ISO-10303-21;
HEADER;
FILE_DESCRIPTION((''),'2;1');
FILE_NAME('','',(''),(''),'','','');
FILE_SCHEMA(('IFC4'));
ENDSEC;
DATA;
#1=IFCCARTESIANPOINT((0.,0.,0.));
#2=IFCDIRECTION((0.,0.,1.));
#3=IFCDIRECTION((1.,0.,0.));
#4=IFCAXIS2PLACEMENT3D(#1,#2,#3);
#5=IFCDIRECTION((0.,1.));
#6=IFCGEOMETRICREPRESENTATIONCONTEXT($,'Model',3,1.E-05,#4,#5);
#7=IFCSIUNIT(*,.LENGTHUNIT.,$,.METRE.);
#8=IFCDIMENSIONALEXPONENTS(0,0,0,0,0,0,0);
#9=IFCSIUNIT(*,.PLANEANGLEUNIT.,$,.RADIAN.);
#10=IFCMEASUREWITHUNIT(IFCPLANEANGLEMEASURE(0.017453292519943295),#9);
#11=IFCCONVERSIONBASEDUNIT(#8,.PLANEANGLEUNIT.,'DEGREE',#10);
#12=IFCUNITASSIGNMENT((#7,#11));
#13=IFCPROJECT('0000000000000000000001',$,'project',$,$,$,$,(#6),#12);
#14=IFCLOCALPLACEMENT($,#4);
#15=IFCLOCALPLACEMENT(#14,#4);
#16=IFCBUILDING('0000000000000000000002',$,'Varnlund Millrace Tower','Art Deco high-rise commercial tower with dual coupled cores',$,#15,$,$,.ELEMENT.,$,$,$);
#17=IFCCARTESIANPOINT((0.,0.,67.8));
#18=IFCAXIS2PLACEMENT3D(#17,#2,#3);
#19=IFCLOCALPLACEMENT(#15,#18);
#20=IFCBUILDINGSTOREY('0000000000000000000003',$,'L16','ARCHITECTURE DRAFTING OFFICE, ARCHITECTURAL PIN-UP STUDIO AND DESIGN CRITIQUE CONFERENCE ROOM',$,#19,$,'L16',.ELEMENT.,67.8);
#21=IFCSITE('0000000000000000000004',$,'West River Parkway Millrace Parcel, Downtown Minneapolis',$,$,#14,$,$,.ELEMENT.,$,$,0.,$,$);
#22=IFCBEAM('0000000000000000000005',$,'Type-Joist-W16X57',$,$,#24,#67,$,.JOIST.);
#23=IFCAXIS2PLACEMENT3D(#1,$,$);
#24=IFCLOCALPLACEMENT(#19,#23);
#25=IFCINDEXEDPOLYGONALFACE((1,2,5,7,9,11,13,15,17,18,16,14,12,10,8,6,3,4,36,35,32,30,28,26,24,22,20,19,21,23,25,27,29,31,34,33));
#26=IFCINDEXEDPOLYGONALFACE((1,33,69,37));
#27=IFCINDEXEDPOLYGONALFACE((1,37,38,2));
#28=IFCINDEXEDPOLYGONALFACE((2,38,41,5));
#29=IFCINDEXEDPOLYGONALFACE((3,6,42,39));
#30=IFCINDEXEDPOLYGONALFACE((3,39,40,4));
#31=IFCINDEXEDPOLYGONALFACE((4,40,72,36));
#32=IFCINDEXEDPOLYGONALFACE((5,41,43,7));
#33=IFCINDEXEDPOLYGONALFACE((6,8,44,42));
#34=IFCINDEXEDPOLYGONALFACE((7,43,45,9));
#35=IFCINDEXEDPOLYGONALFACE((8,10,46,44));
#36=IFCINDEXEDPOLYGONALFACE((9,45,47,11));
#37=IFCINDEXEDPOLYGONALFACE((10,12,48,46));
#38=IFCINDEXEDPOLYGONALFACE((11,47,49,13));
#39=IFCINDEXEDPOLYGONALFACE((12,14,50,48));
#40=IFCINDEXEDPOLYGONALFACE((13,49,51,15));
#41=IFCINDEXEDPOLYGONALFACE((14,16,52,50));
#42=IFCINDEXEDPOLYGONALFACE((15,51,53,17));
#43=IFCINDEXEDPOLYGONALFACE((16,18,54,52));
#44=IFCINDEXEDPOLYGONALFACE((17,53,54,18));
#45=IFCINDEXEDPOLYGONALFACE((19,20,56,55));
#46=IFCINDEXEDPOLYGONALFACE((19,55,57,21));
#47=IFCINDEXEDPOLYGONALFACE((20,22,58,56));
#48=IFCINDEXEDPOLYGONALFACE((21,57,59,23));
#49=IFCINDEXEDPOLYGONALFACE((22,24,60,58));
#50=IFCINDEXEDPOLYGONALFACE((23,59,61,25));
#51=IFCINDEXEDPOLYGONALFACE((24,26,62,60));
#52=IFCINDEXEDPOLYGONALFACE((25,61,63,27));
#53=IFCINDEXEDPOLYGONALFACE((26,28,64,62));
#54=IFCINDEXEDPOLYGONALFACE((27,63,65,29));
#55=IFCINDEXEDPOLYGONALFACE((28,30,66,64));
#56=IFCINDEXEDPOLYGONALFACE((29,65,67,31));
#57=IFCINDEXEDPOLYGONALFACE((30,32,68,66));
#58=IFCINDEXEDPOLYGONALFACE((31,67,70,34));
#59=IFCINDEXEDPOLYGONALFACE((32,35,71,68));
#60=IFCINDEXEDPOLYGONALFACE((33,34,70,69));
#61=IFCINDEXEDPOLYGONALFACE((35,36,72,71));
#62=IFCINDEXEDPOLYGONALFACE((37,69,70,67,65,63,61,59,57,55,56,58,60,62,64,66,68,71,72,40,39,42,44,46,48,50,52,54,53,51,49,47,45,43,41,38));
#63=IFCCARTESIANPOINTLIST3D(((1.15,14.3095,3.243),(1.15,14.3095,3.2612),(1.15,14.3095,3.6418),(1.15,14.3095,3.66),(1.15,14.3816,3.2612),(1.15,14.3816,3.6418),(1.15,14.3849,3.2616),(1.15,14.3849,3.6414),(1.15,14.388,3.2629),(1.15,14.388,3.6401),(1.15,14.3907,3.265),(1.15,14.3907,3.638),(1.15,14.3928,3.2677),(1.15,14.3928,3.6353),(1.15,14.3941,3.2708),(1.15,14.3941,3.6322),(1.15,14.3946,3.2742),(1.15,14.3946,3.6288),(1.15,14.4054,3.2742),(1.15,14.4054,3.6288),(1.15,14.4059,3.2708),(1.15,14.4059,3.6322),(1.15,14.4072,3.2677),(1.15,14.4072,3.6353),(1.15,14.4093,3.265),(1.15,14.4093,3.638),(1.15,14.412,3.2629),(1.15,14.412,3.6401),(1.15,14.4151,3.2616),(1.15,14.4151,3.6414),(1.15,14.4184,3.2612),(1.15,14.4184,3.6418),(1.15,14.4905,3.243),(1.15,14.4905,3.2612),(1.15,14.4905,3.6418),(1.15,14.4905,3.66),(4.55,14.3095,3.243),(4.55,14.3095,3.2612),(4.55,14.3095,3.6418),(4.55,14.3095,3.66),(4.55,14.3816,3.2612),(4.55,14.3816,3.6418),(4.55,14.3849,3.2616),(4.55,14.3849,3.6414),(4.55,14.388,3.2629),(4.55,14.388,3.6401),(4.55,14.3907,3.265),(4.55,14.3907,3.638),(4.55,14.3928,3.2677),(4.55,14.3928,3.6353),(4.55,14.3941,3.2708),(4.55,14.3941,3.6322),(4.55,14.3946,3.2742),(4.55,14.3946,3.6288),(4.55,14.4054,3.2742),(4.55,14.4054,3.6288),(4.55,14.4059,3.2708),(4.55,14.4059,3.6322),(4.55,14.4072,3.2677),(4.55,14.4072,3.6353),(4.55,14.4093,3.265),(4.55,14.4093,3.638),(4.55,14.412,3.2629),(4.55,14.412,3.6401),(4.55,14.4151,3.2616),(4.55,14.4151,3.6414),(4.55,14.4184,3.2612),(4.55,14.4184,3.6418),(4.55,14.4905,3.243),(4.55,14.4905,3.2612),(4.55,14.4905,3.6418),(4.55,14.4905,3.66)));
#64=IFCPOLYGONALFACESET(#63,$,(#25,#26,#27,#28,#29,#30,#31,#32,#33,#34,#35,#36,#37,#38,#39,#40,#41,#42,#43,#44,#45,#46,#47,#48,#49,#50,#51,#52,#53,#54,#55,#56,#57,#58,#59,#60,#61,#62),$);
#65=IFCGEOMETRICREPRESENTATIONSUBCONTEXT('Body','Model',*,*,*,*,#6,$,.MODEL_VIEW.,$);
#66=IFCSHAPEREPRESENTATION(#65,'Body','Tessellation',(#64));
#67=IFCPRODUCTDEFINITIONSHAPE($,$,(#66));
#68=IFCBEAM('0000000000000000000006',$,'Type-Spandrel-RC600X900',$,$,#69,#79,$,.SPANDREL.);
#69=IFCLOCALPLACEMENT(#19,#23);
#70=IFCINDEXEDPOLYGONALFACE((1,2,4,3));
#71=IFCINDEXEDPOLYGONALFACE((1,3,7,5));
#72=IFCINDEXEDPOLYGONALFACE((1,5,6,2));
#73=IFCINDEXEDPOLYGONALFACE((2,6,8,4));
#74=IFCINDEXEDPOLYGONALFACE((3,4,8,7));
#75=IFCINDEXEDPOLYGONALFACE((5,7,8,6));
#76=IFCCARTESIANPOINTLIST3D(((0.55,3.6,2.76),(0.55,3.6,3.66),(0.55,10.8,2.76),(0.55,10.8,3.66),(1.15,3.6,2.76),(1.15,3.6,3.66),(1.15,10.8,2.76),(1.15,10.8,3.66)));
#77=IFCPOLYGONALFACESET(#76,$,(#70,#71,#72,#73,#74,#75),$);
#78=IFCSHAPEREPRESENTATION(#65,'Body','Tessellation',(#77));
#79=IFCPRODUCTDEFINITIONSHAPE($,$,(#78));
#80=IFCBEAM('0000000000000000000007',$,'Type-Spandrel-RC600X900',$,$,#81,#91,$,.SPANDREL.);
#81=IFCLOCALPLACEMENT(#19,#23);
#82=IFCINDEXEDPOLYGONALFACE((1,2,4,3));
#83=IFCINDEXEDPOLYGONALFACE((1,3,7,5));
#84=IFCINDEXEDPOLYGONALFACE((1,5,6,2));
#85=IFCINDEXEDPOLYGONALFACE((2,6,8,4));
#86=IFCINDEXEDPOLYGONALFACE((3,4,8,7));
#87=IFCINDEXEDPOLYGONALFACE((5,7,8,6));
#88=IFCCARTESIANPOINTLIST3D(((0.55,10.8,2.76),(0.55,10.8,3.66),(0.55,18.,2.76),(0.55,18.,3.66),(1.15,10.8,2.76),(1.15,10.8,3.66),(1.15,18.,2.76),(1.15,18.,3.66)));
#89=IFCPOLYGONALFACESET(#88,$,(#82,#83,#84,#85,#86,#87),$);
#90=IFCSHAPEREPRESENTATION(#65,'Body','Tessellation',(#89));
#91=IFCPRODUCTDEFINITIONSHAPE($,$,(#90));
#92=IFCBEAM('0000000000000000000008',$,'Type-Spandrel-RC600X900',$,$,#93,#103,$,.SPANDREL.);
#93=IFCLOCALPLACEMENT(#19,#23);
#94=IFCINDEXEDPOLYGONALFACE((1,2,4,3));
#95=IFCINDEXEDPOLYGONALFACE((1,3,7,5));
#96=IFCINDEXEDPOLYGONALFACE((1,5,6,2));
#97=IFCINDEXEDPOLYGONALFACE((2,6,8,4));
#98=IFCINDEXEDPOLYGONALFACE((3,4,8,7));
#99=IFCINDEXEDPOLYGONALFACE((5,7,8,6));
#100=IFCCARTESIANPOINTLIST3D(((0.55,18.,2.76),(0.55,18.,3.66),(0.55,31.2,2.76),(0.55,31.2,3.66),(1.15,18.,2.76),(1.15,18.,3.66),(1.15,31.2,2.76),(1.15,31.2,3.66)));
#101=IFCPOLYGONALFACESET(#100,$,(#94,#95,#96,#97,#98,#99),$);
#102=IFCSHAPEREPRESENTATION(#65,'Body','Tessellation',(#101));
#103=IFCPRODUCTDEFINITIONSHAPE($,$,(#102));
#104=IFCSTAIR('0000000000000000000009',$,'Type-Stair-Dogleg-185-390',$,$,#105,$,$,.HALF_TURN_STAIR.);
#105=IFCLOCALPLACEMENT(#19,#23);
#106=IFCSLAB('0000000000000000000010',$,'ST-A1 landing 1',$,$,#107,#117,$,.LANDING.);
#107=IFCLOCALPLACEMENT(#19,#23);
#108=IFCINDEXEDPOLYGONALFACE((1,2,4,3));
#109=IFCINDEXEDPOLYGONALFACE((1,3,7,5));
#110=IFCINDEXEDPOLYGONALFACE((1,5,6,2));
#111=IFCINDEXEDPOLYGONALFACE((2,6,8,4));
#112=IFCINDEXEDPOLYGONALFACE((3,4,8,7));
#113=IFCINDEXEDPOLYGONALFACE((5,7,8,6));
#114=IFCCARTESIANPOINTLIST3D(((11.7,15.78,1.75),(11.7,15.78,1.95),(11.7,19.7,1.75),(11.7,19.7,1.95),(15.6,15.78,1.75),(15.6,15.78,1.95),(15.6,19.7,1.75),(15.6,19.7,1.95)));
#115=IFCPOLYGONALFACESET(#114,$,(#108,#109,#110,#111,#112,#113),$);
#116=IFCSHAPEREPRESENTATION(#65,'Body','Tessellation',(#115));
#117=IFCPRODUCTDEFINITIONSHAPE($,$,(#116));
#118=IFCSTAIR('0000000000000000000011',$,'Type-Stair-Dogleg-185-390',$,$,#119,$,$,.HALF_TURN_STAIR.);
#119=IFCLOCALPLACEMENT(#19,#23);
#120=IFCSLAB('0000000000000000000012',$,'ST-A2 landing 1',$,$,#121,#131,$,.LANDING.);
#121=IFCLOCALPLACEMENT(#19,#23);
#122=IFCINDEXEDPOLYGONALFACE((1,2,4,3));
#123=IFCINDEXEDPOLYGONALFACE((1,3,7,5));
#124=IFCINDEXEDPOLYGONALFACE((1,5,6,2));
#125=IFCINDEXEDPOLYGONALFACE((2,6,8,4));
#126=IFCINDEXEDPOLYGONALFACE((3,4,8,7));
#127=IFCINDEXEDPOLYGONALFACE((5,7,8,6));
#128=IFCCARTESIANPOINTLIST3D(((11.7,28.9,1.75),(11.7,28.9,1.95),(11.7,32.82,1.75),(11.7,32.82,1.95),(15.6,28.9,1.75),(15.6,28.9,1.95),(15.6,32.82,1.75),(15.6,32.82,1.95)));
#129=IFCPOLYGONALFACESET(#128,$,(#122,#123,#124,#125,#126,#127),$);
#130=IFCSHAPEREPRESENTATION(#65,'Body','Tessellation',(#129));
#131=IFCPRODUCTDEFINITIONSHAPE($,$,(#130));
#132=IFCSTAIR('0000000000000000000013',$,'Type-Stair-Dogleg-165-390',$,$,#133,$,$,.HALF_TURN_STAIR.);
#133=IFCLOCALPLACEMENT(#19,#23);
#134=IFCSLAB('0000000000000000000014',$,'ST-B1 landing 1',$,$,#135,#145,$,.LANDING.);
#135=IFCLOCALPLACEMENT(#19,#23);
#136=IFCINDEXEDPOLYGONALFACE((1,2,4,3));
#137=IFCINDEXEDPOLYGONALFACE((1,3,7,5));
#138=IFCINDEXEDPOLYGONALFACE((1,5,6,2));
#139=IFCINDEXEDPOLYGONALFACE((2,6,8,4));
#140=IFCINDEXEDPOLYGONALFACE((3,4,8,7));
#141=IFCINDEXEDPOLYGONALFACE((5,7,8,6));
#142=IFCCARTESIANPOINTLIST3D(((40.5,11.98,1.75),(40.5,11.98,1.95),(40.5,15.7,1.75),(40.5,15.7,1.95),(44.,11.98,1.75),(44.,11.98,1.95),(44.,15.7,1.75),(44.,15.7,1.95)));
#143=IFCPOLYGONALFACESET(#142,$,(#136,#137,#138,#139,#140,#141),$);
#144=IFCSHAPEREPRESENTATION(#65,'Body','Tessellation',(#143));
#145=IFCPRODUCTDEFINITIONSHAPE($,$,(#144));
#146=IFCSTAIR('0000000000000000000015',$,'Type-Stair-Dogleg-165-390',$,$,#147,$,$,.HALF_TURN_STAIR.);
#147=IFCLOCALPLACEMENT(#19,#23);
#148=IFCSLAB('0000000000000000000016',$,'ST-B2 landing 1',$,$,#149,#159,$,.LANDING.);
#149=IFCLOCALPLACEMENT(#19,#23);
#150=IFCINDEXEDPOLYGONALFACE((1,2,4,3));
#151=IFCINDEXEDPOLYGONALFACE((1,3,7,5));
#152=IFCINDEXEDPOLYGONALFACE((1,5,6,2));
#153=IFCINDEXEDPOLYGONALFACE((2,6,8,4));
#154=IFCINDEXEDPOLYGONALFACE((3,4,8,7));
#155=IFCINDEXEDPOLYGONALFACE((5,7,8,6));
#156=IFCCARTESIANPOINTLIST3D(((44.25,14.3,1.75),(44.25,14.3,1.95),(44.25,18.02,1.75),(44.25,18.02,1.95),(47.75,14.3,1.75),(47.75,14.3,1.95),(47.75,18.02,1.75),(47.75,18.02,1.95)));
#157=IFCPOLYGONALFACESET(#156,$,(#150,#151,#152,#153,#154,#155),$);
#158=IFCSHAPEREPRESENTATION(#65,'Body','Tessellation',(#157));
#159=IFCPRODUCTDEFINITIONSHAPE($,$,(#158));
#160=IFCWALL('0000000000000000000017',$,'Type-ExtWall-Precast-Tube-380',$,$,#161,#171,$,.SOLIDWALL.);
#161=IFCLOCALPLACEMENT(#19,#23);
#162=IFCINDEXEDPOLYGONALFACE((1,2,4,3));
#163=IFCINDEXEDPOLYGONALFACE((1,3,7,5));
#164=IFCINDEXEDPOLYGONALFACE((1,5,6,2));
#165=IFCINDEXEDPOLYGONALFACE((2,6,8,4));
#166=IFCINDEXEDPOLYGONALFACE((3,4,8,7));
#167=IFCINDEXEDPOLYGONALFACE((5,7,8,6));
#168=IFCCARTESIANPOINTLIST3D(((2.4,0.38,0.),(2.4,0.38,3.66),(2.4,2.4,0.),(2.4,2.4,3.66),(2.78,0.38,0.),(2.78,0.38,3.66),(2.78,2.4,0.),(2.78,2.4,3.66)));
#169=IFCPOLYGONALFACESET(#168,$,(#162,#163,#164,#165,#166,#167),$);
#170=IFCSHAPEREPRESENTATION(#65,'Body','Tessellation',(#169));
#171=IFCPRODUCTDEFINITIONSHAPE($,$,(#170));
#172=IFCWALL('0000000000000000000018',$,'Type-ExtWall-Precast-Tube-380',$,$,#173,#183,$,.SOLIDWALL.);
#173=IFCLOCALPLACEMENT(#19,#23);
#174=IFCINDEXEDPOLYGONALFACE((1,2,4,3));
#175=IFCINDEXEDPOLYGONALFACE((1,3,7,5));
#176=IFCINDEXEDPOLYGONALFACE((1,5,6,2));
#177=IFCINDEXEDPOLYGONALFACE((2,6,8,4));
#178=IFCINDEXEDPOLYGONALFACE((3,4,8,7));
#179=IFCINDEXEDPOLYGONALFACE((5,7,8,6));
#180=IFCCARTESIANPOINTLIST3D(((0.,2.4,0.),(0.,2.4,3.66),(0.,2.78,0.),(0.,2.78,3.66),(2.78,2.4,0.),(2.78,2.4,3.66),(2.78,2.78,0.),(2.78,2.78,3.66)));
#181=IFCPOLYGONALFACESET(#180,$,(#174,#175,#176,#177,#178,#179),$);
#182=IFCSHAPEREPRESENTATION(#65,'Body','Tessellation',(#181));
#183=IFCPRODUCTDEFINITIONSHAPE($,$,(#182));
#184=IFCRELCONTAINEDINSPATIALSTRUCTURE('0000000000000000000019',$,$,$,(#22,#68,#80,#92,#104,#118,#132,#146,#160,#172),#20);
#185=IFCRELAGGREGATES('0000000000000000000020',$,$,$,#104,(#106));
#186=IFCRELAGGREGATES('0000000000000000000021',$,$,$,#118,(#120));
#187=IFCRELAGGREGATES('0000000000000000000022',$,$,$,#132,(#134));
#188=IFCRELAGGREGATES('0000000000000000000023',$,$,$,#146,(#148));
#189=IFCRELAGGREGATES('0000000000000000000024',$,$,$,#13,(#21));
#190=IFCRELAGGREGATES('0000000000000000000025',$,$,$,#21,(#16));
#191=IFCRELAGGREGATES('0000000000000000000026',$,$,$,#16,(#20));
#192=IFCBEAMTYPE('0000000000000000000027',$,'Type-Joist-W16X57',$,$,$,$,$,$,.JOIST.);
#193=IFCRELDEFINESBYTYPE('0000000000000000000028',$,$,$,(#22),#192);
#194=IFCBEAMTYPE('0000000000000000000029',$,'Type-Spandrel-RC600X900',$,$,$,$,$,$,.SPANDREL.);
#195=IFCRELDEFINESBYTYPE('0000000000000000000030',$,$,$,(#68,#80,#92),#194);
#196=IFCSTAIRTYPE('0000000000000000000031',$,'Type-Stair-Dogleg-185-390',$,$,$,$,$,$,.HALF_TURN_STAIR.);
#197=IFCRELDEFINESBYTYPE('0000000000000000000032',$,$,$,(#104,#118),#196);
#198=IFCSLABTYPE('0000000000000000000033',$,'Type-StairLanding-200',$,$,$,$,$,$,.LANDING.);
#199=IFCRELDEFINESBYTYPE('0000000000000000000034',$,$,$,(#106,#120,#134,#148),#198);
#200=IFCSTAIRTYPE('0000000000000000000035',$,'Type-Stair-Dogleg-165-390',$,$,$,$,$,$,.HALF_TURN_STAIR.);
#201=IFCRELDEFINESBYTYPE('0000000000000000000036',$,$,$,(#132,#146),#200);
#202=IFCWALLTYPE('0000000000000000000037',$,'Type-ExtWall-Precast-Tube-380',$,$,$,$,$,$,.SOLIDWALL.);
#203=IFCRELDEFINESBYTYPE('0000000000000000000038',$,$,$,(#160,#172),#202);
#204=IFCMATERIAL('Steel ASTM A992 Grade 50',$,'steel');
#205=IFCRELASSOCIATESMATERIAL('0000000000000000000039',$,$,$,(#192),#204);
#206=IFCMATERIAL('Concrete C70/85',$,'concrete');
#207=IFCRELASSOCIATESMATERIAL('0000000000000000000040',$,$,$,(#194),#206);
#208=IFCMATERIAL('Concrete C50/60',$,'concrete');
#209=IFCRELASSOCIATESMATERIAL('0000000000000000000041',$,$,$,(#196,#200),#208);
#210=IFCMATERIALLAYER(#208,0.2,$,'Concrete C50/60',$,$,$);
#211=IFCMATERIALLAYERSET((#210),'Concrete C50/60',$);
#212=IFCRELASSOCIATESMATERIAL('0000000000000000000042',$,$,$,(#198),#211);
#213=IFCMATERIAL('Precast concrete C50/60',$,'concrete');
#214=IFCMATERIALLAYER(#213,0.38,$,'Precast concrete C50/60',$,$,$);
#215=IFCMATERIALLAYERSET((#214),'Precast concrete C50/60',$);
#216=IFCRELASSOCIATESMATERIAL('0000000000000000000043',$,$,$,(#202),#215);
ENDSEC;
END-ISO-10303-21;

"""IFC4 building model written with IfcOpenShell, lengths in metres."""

from ifc_helpers import new_model, entity, si_unit, converted_unit, direction, frame, origin_with_axes, origin_2d_with_axis, place, context, subcontext, project, spatial, polyline, rectangle, i_section, outline, extrude, material, layer, layer_set, material_profile, profile_set, type_object, element, aggregate, save


model = new_model("IFC4")

# Units and contexts
model_context = context("Model", 3, precision=1e-05, world=origin_with_axes(), true_north=direction((0.0, 1.0)))
body_context = subcontext(model_context, "Body", "Model", "MODEL_VIEW")
ifc_project = project(units=[si_unit("LENGTHUNIT", "METRE"), converted_unit("PLANEANGLEUNIT", "DEGREE", entity("IfcPlaneAngleMeasure", 0.017453292519943295), si_unit("PLANEANGLEUNIT", "RADIAN"), dimensions=[0, 0, 0, 0, 0, 0, 0])], contexts=[model_context])

# Site, building, storey
site_placement = place(None, origin_with_axes())
site = spatial("IfcSite", under=ifc_project, at=site_placement, Name="West River Parkway Millrace Parcel, Downtown Minneapolis", CompositionType="ELEMENT", RefElevation=0.0)
building_placement = place(site_placement, origin_with_axes())
building = spatial("IfcBuilding", under=site, at=building_placement, Name="Varnlund Millrace Tower", Description="Art Deco high-rise commercial tower with dual coupled cores", CompositionType="ELEMENT")
storey_placement = place(building_placement, frame((0.0, 0.0, 67.8), z_axis=(0.0, 0.0, 1.0), x_axis=(1.0, 0.0, 0.0)))
storey = spatial("IfcBuildingStorey", under=building, at=storey_placement, Name="L16", Description="ARCHITECTURE DRAFTING OFFICE, ARCHITECTURAL PIN-UP STUDIO AND DESIGN CRITIQUE CONFERENCE ROOM", LongName="L16", CompositionType="ELEMENT", Elevation=67.8)

# Beams
ifc_material_1 = material(Name="Steel ASTM A992 Grade 50", Category="steel")
ifc_material_profile_1 = material_profile(ifc_material_1, i_section(OverallWidth=0.181, OverallDepth=0.417, WebThickness=0.0109, FlangeThickness=0.0182, FilletRadius=0.013, at=origin_2d_with_axis()), Name="Steel ASTM A992 Grade 50")
ifc_profile_set_1 = profile_set([ifc_material_profile_1], Name="Steel ASTM A992 Grade 50")
beam_type_1 = type_object("IfcBeamType", Name="Type-Joist-W16X57", PredefinedType="JOIST", material=ifc_profile_set_1)
for number, where, z_axis, x_axis, name in (
    (1, (1.15, 14.4, 3.4515), (1.0, 0.0, 0.0), (0.0, 1.0, 0.0), "Type-Joist-W16X57"),
):
    element("IfcBeam", number, at=place(storey_placement, frame(where, z_axis=z_axis, x_axis=x_axis)), inside=storey, type_object=beam_type_1, Name=name, PredefinedType="JOIST", context=body_context, shape_type="SweptSolid", body=[
        extrude(i_section(OverallWidth=0.181, OverallDepth=0.417, WebThickness=0.0109, FlangeThickness=0.0182, FilletRadius=0.013, at=origin_2d_with_axis()), origin_with_axes(), (0.0, 0.0, 1.0), 3.4),
    ])
ifc_material_2 = material(Name="Concrete C70/85", Category="concrete")
ifc_material_profile_2 = material_profile(ifc_material_2, rectangle(XDim=0.6, YDim=0.9, at=origin_2d_with_axis()), Name="Concrete C70/85")
ifc_profile_set_2 = profile_set([ifc_material_profile_2], Name="Concrete C70/85")
beam_type_2 = type_object("IfcBeamType", Name="Type-Spandrel-RC600X900", PredefinedType="SPANDREL", material=ifc_profile_set_2)
for number, where, z_axis, x_axis, name in (
    (2, (0.85, 3.6, 3.21), (0.0, 1.0, 0.0), (-1.0, 0.0, 0.0), "Type-Spandrel-RC600X900"),
    (3, (0.85, 10.8, 3.21), (0.0, 1.0, 0.0), (-1.0, 0.0, 0.0), "Type-Spandrel-RC600X900"),
):
    element("IfcBeam", number, at=place(storey_placement, frame(where, z_axis=z_axis, x_axis=x_axis)), inside=storey, type_object=beam_type_2, Name=name, PredefinedType="SPANDREL", context=body_context, shape_type="SweptSolid", body=[
        extrude(rectangle(XDim=0.6, YDim=0.9, at=origin_2d_with_axis()), origin_with_axes(), (0.0, 0.0, 1.0), 7.2),
    ])
beam_1_placement = place(storey_placement, frame((0.85, 18.0, 3.21), z_axis=(0.0, 1.0, 0.0), x_axis=(-1.0, 0.0, 0.0)))
element("IfcBeam", 4, at=beam_1_placement, inside=storey, type_object=beam_type_2, Name="Type-Spandrel-RC600X900", PredefinedType="SPANDREL", context=body_context, shape_type="SweptSolid", body=[
    extrude(rectangle(XDim=0.6, YDim=0.9, at=origin_2d_with_axis()), origin_with_axes(), (0.0, 0.0, 1.0), 13.2),
])

# Stairs, slabs
ifc_material_3 = material(Name="Concrete C50/60", Category="concrete")
stair_type_1 = type_object("IfcStairType", Name="Type-Stair-Dogleg-185-390", PredefinedType="HALF_TURN_STAIR", material=ifc_material_3)
stair_1_placement = place(storey_placement, origin_with_axes())
stair_1 = element("IfcStair", 5, at=stair_1_placement, inside=storey, type_object=stair_type_1, Name="Type-Stair-Dogleg-185-390", PredefinedType="HALF_TURN_STAIR")
ifc_layer_1 = layer(ifc_material_3, 0.2, Name="Concrete C50/60")
ifc_layer_set_1 = layer_set([ifc_layer_1], Name="Concrete C50/60")
slab_type = type_object("IfcSlabType", Name="Type-StairLanding-200", PredefinedType="LANDING", material=ifc_layer_set_1)
slab_1_placement = place(storey_placement, frame((0.0, 0.0, 1.75), z_axis=(0.0, 0.0, 1.0), x_axis=(1.0, 0.0, 0.0)))
slab_1 = element("IfcSlab", 6, at=slab_1_placement, type_object=slab_type, Name="ST-A1 landing 1", PredefinedType="LANDING", context=body_context, shape_type="SweptSolid", body=[
    extrude(outline(polyline([(15.6, 15.78), (15.6, 19.7), (11.7, 19.7), (11.7, 15.78), (15.6, 15.78)])), origin_with_axes(), (0.0, 0.0, 1.0), 0.2),
])
aggregate(stair_1, [slab_1])
stair_2_placement = place(storey_placement, origin_with_axes())
stair_2 = element("IfcStair", 7, at=stair_2_placement, inside=storey, type_object=stair_type_1, Name="Type-Stair-Dogleg-185-390", PredefinedType="HALF_TURN_STAIR")
slab_2_placement = place(storey_placement, frame((0.0, 0.0, 1.75), z_axis=(0.0, 0.0, 1.0), x_axis=(1.0, 0.0, 0.0)))
slab_2 = element("IfcSlab", 8, at=slab_2_placement, type_object=slab_type, Name="ST-A2 landing 1", PredefinedType="LANDING", context=body_context, shape_type="SweptSolid", body=[
    extrude(outline(polyline([(11.7, 32.82), (11.7, 28.9), (15.6, 28.9), (15.6, 32.82), (11.7, 32.82)])), origin_with_axes(), (0.0, 0.0, 1.0), 0.2),
])
aggregate(stair_2, [slab_2])
stair_type_2 = type_object("IfcStairType", Name="Type-Stair-Dogleg-165-390", PredefinedType="HALF_TURN_STAIR", material=ifc_material_3)
stair_3_placement = place(storey_placement, origin_with_axes())
stair_3 = element("IfcStair", 9, at=stair_3_placement, inside=storey, type_object=stair_type_2, Name="Type-Stair-Dogleg-165-390", PredefinedType="HALF_TURN_STAIR")
slab_3_placement = place(storey_placement, frame((0.0, 0.0, 1.75), z_axis=(0.0, 0.0, 1.0), x_axis=(1.0, 0.0, 0.0)))
slab_3 = element("IfcSlab", 10, at=slab_3_placement, type_object=slab_type, Name="ST-B1 landing 1", PredefinedType="LANDING", context=body_context, shape_type="SweptSolid", body=[
    extrude(outline(polyline([(44.0, 11.98), (44.0, 15.7), (40.5, 15.7), (40.5, 11.98), (44.0, 11.98)])), origin_with_axes(), (0.0, 0.0, 1.0), 0.2),
])
aggregate(stair_3, [slab_3])
stair_4_placement = place(storey_placement, origin_with_axes())
stair_4 = element("IfcStair", 11, at=stair_4_placement, inside=storey, type_object=stair_type_2, Name="Type-Stair-Dogleg-165-390", PredefinedType="HALF_TURN_STAIR")
slab_4_placement = place(storey_placement, frame((0.0, 0.0, 1.75), z_axis=(0.0, 0.0, 1.0), x_axis=(1.0, 0.0, 0.0)))
slab_4 = element("IfcSlab", 12, at=slab_4_placement, type_object=slab_type, Name="ST-B2 landing 1", PredefinedType="LANDING", context=body_context, shape_type="SweptSolid", body=[
    extrude(outline(polyline([(44.25, 18.02), (44.25, 14.3), (47.75, 14.3), (47.75, 18.02), (44.25, 18.02)])), origin_with_axes(), (0.0, 0.0, 1.0), 0.2),
])
aggregate(stair_4, [slab_4])

# Walls
ifc_material_4 = material(Name="Precast concrete C50/60", Category="concrete")
ifc_layer_2 = layer(ifc_material_4, 0.38, Name="Precast concrete C50/60")
ifc_layer_set_2 = layer_set([ifc_layer_2], Name="Precast concrete C50/60")
wall_type = type_object("IfcWallType", Name="Type-ExtWall-Precast-Tube-380", PredefinedType="SOLIDWALL", material=ifc_layer_set_2)
wall_1_placement = place(storey_placement, frame((2.59, 0.38, 0.0), z_axis=(0.0, 0.0, 1.0), x_axis=(0.0, 1.0, 0.0)))
element("IfcWall", 13, at=wall_1_placement, inside=storey, type_object=wall_type, Name="Type-ExtWall-Precast-Tube-380", PredefinedType="SOLIDWALL", context=body_context, shape_type="SweptSolid", body=[
    extrude(outline(polyline([(0.0, -0.19), (2.02, -0.19), (2.02, 0.19), (0.0, 0.19), (0.0, -0.19)])), origin_with_axes(), (0.0, 0.0, 1.0), 3.66),
])
wall_2_placement = place(storey_placement, frame((2.78, 2.59, 0.0), z_axis=(0.0, 0.0, 1.0), x_axis=(-1.0, 0.0, 0.0)))
element("IfcWall", 14, at=wall_2_placement, inside=storey, type_object=wall_type, Name="Type-ExtWall-Precast-Tube-380", PredefinedType="SOLIDWALL", context=body_context, shape_type="SweptSolid", body=[
    extrude(outline(polyline([(0.0, -0.19), (2.78, -0.19), (2.78, 0.19), (0.0, 0.19), (0.0, -0.19)])), origin_with_axes(), (0.0, 0.0, 1.0), 3.66),
])

save(model, "model.ifc")
